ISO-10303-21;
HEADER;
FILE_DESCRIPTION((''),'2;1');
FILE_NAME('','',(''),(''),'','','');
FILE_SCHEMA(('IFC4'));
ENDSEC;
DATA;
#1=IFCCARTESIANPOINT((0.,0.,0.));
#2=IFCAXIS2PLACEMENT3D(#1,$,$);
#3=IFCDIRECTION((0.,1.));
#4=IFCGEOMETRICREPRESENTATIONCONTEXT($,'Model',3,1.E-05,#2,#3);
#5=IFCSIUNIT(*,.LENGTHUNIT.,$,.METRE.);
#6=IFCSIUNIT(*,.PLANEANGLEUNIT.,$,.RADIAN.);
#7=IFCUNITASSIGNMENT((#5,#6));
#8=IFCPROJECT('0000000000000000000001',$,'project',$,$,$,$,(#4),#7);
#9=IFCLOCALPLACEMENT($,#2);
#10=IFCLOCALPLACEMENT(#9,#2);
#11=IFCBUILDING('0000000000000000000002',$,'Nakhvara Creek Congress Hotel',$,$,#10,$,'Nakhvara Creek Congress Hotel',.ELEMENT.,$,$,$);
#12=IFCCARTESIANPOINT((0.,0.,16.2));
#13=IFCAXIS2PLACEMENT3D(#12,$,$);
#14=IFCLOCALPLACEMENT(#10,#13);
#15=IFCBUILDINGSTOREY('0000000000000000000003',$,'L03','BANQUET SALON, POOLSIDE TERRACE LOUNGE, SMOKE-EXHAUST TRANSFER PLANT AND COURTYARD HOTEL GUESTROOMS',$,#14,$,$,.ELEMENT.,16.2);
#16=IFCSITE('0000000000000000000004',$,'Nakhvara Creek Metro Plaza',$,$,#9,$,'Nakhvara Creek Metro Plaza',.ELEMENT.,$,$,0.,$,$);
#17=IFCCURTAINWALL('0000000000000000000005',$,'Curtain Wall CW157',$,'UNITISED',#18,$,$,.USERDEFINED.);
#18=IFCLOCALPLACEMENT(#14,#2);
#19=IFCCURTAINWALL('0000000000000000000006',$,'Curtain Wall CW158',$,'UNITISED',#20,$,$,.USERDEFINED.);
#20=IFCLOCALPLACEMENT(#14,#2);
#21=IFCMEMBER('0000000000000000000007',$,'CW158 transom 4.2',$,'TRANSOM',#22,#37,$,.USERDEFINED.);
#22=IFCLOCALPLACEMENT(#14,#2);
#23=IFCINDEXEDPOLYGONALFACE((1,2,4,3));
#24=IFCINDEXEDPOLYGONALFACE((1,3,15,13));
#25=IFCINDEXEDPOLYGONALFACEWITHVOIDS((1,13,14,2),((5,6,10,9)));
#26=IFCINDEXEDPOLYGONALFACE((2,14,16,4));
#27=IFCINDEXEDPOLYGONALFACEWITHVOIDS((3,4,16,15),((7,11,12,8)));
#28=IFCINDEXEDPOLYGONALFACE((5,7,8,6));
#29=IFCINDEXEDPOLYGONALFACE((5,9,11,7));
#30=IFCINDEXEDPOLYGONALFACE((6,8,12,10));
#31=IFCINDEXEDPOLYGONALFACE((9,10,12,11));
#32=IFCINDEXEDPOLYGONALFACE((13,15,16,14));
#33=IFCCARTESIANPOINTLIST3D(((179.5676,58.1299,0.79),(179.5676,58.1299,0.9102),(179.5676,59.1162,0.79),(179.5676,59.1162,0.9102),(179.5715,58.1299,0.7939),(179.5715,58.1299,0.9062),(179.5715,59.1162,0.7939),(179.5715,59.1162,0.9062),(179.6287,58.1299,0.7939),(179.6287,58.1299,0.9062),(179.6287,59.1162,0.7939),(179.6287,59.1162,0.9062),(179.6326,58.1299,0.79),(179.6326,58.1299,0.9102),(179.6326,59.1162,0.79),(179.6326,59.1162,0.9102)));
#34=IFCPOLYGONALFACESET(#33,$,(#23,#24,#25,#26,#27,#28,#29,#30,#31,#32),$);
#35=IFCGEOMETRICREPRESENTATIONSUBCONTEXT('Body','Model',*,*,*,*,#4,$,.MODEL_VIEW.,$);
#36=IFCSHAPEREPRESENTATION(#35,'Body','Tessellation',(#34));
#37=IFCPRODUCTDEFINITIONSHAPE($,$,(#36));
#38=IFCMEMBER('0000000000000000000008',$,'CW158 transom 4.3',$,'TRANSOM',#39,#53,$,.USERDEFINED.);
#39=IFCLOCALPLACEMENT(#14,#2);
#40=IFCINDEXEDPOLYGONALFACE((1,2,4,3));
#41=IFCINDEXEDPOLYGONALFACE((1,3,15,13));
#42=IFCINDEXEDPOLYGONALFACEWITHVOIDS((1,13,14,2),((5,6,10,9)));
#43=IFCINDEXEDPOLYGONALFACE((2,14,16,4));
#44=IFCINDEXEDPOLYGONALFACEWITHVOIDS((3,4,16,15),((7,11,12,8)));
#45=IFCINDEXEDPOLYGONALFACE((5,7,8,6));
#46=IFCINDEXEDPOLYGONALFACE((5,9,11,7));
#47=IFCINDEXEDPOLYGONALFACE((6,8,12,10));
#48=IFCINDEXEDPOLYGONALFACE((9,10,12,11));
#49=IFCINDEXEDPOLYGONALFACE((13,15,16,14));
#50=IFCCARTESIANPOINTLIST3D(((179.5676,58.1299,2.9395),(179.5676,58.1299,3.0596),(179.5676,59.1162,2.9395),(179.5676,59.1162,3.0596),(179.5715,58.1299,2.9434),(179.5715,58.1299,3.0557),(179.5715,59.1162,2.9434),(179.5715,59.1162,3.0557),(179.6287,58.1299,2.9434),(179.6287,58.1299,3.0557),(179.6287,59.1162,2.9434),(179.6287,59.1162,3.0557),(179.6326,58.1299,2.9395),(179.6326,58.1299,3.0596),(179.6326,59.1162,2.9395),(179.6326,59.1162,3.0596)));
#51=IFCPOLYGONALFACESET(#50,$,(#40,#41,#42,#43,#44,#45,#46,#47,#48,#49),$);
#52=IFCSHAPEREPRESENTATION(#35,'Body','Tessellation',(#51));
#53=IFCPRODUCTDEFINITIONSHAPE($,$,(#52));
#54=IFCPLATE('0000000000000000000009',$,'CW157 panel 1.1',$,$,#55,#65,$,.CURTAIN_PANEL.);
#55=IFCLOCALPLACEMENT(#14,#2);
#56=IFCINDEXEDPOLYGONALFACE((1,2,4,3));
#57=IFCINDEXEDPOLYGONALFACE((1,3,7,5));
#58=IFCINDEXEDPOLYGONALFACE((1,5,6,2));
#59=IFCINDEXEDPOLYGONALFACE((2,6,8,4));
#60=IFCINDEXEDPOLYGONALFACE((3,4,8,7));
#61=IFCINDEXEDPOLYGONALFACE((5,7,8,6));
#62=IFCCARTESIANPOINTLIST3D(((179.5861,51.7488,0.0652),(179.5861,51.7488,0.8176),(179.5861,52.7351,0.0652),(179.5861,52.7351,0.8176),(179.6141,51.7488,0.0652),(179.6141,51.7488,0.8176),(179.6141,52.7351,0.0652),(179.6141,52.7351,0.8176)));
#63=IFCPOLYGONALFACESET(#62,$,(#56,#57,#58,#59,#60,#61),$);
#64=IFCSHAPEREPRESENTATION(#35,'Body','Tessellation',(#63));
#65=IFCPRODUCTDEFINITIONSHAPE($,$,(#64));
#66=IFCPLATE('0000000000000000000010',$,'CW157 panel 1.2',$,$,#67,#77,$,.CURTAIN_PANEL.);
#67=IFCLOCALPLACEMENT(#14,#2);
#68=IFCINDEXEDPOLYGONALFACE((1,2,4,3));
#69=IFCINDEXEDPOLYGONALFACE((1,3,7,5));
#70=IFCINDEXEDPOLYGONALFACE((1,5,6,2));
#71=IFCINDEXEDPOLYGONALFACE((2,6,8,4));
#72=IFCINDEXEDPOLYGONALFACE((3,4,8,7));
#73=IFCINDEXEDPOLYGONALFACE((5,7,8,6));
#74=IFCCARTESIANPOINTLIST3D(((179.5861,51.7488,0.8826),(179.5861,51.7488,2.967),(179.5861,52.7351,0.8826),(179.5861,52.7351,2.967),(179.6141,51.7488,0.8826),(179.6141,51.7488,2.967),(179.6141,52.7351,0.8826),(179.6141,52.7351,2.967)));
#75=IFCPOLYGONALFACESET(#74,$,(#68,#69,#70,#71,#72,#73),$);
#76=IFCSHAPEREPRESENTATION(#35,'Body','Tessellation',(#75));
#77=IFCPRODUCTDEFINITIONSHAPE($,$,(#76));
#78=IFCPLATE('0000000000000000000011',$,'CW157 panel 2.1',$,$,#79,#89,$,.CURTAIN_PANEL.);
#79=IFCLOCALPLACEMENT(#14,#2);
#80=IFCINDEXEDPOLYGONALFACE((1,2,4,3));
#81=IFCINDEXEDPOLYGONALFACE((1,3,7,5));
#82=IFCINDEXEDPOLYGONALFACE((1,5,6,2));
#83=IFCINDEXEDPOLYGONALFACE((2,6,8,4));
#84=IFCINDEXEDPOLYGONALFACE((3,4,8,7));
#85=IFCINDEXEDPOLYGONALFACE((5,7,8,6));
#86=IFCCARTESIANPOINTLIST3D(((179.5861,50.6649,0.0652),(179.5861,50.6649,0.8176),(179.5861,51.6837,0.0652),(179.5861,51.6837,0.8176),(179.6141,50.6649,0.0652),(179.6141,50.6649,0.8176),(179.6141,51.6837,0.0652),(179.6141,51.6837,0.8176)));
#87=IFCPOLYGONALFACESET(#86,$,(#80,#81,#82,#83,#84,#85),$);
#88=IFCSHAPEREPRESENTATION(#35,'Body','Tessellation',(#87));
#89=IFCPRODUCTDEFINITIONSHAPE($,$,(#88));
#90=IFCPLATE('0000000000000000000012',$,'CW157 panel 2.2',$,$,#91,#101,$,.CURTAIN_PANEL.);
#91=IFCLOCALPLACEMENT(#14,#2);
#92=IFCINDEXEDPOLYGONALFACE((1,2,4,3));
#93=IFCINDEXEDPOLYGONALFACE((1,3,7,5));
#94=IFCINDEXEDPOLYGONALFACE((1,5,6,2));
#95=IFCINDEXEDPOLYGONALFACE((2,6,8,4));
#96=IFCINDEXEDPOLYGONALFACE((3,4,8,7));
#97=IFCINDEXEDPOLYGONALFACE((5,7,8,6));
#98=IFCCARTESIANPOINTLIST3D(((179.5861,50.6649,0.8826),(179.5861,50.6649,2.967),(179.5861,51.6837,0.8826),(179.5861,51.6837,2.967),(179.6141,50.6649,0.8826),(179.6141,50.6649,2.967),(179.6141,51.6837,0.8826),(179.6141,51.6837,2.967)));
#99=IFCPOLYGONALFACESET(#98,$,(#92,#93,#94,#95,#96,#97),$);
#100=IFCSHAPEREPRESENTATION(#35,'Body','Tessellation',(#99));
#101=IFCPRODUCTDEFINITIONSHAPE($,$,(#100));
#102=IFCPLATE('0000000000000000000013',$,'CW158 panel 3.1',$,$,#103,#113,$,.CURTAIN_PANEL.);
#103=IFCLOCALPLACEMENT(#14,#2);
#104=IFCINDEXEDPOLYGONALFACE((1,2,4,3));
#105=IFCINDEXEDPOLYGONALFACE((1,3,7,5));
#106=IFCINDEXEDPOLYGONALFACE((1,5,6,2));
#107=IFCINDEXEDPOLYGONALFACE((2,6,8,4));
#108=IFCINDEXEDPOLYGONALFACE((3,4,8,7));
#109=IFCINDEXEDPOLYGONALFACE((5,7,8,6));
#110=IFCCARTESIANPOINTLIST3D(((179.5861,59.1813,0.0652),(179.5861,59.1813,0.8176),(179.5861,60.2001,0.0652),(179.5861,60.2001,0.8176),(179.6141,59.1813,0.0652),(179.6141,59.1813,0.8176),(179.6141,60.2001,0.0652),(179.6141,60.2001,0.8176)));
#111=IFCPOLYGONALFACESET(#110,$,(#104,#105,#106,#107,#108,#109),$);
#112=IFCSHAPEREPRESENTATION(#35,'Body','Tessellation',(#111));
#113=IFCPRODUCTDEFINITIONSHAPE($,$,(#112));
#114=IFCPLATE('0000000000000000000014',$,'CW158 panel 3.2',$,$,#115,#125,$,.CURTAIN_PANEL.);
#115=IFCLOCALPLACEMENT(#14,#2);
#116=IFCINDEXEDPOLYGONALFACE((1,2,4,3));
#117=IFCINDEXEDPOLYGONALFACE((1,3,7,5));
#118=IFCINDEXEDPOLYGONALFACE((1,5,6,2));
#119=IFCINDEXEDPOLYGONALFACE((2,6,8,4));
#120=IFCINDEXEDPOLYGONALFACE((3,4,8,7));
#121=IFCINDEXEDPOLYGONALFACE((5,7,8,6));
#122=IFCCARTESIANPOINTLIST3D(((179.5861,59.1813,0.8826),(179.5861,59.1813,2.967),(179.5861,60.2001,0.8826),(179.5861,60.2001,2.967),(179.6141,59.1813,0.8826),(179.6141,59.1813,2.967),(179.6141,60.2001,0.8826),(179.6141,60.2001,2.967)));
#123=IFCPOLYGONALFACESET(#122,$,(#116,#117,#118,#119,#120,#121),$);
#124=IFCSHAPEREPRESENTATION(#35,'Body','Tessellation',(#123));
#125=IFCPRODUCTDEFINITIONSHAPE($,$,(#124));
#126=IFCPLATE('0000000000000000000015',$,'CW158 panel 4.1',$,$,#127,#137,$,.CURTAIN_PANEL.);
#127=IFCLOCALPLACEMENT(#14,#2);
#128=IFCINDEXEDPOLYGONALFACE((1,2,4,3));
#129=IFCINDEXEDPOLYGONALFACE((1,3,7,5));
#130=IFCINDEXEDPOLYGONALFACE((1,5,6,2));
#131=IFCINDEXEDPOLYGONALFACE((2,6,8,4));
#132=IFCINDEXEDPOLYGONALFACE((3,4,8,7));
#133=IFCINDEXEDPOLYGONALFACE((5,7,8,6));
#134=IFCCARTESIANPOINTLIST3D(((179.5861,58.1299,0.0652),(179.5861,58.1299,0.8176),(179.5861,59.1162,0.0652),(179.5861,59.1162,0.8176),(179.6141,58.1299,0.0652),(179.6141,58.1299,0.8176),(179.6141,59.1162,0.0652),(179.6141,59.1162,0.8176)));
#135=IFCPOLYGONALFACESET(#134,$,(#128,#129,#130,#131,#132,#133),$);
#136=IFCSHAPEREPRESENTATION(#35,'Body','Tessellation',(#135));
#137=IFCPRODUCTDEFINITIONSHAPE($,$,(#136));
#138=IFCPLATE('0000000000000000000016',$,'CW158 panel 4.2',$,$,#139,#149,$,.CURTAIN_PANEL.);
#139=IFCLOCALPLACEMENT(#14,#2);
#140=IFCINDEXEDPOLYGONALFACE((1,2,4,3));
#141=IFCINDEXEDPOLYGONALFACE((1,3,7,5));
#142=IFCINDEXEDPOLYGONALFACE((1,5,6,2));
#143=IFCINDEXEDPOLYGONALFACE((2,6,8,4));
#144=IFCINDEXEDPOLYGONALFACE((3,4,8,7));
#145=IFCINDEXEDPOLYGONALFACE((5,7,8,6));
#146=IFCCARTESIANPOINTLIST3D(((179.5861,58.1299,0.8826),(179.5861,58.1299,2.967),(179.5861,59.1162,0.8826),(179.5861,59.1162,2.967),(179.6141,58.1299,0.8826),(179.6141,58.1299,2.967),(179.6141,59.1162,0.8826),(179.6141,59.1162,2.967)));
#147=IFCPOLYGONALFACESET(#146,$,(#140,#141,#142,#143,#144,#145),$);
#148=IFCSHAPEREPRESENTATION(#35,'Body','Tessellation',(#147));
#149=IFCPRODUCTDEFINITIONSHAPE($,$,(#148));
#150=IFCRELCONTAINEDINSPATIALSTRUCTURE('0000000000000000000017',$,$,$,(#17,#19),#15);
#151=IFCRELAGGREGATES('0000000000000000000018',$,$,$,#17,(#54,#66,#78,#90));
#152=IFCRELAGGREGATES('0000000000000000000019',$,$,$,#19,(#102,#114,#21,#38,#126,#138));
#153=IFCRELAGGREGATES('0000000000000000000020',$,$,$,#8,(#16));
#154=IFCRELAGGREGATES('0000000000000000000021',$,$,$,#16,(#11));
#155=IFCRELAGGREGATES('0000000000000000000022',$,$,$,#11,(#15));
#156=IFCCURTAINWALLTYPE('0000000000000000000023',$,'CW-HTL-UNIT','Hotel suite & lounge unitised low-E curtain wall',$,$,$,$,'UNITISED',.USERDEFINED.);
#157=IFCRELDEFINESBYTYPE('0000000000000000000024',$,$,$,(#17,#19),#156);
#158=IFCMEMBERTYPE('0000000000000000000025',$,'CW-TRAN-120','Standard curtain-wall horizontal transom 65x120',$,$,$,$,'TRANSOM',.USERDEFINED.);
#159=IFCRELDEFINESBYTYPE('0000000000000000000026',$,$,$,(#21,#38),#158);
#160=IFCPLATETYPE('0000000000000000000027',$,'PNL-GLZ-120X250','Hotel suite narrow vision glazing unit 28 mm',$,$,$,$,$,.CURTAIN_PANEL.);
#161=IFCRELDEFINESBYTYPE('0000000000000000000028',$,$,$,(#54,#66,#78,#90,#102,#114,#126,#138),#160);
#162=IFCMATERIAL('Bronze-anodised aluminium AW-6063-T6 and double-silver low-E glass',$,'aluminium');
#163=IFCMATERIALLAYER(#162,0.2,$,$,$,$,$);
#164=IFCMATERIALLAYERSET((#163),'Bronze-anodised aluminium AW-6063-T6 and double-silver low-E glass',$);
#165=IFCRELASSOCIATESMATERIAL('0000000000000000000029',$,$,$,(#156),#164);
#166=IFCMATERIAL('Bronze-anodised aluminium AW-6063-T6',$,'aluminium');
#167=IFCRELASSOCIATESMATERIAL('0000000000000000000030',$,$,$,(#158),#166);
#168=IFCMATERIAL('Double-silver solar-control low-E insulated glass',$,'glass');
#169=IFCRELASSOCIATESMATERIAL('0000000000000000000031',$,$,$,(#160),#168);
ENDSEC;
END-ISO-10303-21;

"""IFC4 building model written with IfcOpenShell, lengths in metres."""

from ifc_helpers import new_model, si_unit, direction, frame, origin, origin_2d, place, context, subcontext, project, spatial, rectangle, hollow_rectangle, extrude, material, layer, layer_set, material_profile, profile_set, type_object, element, aggregate, save


model = new_model("IFC4")

# Units and contexts
model_context = context("Model", 3, precision=1e-05, world=origin(), true_north=direction((0.0, 1.0)))
body_context = subcontext(model_context, "Body", "Model", "MODEL_VIEW")
ifc_project = project(units=[si_unit("LENGTHUNIT", "METRE"), si_unit("PLANEANGLEUNIT", "RADIAN")], contexts=[model_context])

# Site, building, storey
site_placement = place(None, origin())
site = spatial("IfcSite", under=ifc_project, at=site_placement, Name="Nakhvara Creek Metro Plaza", LongName="Nakhvara Creek Metro Plaza", CompositionType="ELEMENT", RefElevation=0.0)
building_placement = place(site_placement, origin())
building = spatial("IfcBuilding", under=site, at=building_placement, Name="Nakhvara Creek Congress Hotel", LongName="Nakhvara Creek Congress Hotel", CompositionType="ELEMENT")
storey_placement = place(building_placement, frame((0.0, 0.0, 16.2)))
storey = spatial("IfcBuildingStorey", under=building, at=storey_placement, Name="L03", Description="BANQUET SALON, POOLSIDE TERRACE LOUNGE, SMOKE-EXHAUST TRANSFER PLANT AND COURTYARD HOTEL GUESTROOMS", CompositionType="ELEMENT", Elevation=16.2)

# Curtain walls
ifc_material_1 = material(Name="Bronze-anodised aluminium AW-6063-T6 and double-silver low-E glass", Category="aluminium")
ifc_layer = layer(ifc_material_1, 0.2)
ifc_layer_set = layer_set([ifc_layer], Name="Bronze-anodised aluminium AW-6063-T6 and double-silver low-E glass")
curtain_wall_type = type_object("IfcCurtainWallType", Name="CW-HTL-UNIT", Description="Hotel suite & lounge unitised low-E curtain wall", ElementType="UNITISED", PredefinedType="USERDEFINED", material=ifc_layer_set)
curtain_wall_1_placement = place(storey_placement, origin())
curtain_wall_1 = element("IfcCurtainWall", 1, at=curtain_wall_1_placement, inside=storey, type_object=curtain_wall_type, Name="Curtain Wall CW157", ObjectType="UNITISED", PredefinedType="USERDEFINED")
ifc_material_2 = material(Name="Bronze-anodised aluminium AW-6063-T6", Category="aluminium")
curtain_wall_2_placement = place(storey_placement, origin())
curtain_wall_2 = element("IfcCurtainWall", 2, at=curtain_wall_2_placement, inside=storey, type_object=curtain_wall_type, Name="Curtain Wall CW158", ObjectType="UNITISED", PredefinedType="USERDEFINED")

# Members
ifc_material_profile_1 = material_profile(ifc_material_2, hollow_rectangle(XDim=0.0649, YDim=0.1201, WallThickness=0.0039, at=origin_2d()), Name="ALU-TRAN 65x120x4", Category="LoadBearing")
ifc_profile_set_1 = profile_set([ifc_material_profile_1], Name="Bronze-anodised aluminium AW-6063-T6")
member_type_1 = type_object("IfcMemberType", Name="CW-TRAN-120", Description="Standard curtain-wall horizontal transom 65x120", ElementType="TRANSOM", PredefinedType="USERDEFINED", material=ifc_profile_set_1)
member_1_placement = place(storey_placement, frame((179.6001, 59.1162, 0.8501), z_axis=(0.0, -1.0, 0.0), x_axis=(1.0, 0.0, 0.0)))
member_1 = element("IfcMember", 3, at=member_1_placement, type_object=member_type_1, Name="CW158 transom 4.2", ObjectType="TRANSOM", PredefinedType="USERDEFINED", context=body_context, shape_type="SweptSolid", body=[
    extrude(hollow_rectangle(XDim=0.0649, YDim=0.1201, WallThickness=0.0039, at=origin_2d()), origin(), (0.0, 0.0, 1.0), 0.9863),
])
member_2_placement = place(storey_placement, frame((179.6001, 59.1162, 2.9995), z_axis=(0.0, -1.0, 0.0), x_axis=(1.0, 0.0, 0.0)))
member_2 = element("IfcMember", 4, at=member_2_placement, type_object=member_type_1, Name="CW158 transom 4.3", ObjectType="TRANSOM", PredefinedType="USERDEFINED", context=body_context, shape_type="SweptSolid", body=[
    extrude(hollow_rectangle(XDim=0.0649, YDim=0.1201, WallThickness=0.0039, at=origin_2d()), origin(), (0.0, 0.0, 1.0), 0.9863),
])

# Plates
ifc_material_3 = material(Name="Double-silver solar-control low-E insulated glass", Category="glass")
plate_type = type_object("IfcPlateType", Name="PNL-GLZ-120X250", Description="Hotel suite narrow vision glazing unit 28 mm", PredefinedType="CURTAIN_PANEL", material=ifc_material_3)
plate_1_placement = place(storey_placement, frame((179.6001, 52.2419, 0.0652), z_axis=(0.0, 0.0, 1.0), x_axis=(0.0, -1.0, 0.0)))
plate_1 = element("IfcPlate", 5, at=plate_1_placement, type_object=plate_type, Name="CW157 panel 1.1", PredefinedType="CURTAIN_PANEL", context=body_context, shape_type="SweptSolid", body=[
    extrude(rectangle(XDim=0.9863, YDim=0.0281, at=origin_2d()), origin(), (0.0, 0.0, 1.0), 0.7524),
])
plate_2_placement = place(storey_placement, frame((179.6001, 52.2419, 0.8826), z_axis=(0.0, 0.0, 1.0), x_axis=(0.0, -1.0, 0.0)))
plate_2 = element("IfcPlate", 6, at=plate_2_placement, type_object=plate_type, Name="CW157 panel 1.2", PredefinedType="CURTAIN_PANEL", context=body_context, shape_type="SweptSolid", body=[
    extrude(rectangle(XDim=0.9863, YDim=0.0281, at=origin_2d()), origin(), (0.0, 0.0, 1.0), 2.0845),
])
plate_3_placement = place(storey_placement, frame((179.6001, 51.1743, 0.0652), z_axis=(0.0, 0.0, 1.0), x_axis=(0.0, -1.0, 0.0)))
plate_3 = element("IfcPlate", 7, at=plate_3_placement, type_object=plate_type, Name="CW157 panel 2.1", PredefinedType="CURTAIN_PANEL", context=body_context, shape_type="SweptSolid", body=[
    extrude(rectangle(XDim=1.0188, YDim=0.0281, at=origin_2d()), origin(), (0.0, 0.0, 1.0), 0.7524),
])
plate_4_placement = place(storey_placement, frame((179.6001, 51.1743, 0.8826), z_axis=(0.0, 0.0, 1.0), x_axis=(0.0, -1.0, 0.0)))
plate_4 = element("IfcPlate", 8, at=plate_4_placement, type_object=plate_type, Name="CW157 panel 2.2", PredefinedType="CURTAIN_PANEL", context=body_context, shape_type="SweptSolid", body=[
    extrude(rectangle(XDim=1.0188, YDim=0.0281, at=origin_2d()), origin(), (0.0, 0.0, 1.0), 2.0845),
])
aggregate(curtain_wall_1, [plate_1, plate_2, plate_3, plate_4])
plate_5_placement = place(storey_placement, frame((179.6001, 59.6907, 0.0652), z_axis=(0.0, 0.0, 1.0), x_axis=(0.0, -1.0, 0.0)))
plate_5 = element("IfcPlate", 9, at=plate_5_placement, type_object=plate_type, Name="CW158 panel 3.1", PredefinedType="CURTAIN_PANEL", context=body_context, shape_type="SweptSolid", body=[
    extrude(rectangle(XDim=1.0188, YDim=0.0281, at=origin_2d()), origin(), (0.0, 0.0, 1.0), 0.7524),
])
plate_6_placement = place(storey_placement, frame((179.6001, 59.6907, 0.8826), z_axis=(0.0, 0.0, 1.0), x_axis=(0.0, -1.0, 0.0)))
plate_6 = element("IfcPlate", 10, at=plate_6_placement, type_object=plate_type, Name="CW158 panel 3.2", PredefinedType="CURTAIN_PANEL", context=body_context, shape_type="SweptSolid", body=[
    extrude(rectangle(XDim=1.0188, YDim=0.0281, at=origin_2d()), origin(), (0.0, 0.0, 1.0), 2.0845),
])
plate_7_placement = place(storey_placement, frame((179.6001, 58.623, 0.0652), z_axis=(0.0, 0.0, 1.0), x_axis=(0.0, -1.0, 0.0)))
plate_7 = element("IfcPlate", 11, at=plate_7_placement, type_object=plate_type, Name="CW158 panel 4.1", PredefinedType="CURTAIN_PANEL", context=body_context, shape_type="SweptSolid", body=[
    extrude(rectangle(XDim=0.9863, YDim=0.0281, at=origin_2d()), origin(), (0.0, 0.0, 1.0), 0.7524),
])
plate_8_placement = place(storey_placement, frame((179.6001, 58.623, 0.8826), z_axis=(0.0, 0.0, 1.0), x_axis=(0.0, -1.0, 0.0)))
plate_8 = element("IfcPlate", 12, at=plate_8_placement, type_object=plate_type, Name="CW158 panel 4.2", PredefinedType="CURTAIN_PANEL", context=body_context, shape_type="SweptSolid", body=[
    extrude(rectangle(XDim=0.9863, YDim=0.0281, at=origin_2d()), origin(), (0.0, 0.0, 1.0), 2.0845),
])
aggregate(curtain_wall_2, [plate_5, plate_6, member_1, member_2, plate_7, plate_8])

save(model, "model.ifc")
